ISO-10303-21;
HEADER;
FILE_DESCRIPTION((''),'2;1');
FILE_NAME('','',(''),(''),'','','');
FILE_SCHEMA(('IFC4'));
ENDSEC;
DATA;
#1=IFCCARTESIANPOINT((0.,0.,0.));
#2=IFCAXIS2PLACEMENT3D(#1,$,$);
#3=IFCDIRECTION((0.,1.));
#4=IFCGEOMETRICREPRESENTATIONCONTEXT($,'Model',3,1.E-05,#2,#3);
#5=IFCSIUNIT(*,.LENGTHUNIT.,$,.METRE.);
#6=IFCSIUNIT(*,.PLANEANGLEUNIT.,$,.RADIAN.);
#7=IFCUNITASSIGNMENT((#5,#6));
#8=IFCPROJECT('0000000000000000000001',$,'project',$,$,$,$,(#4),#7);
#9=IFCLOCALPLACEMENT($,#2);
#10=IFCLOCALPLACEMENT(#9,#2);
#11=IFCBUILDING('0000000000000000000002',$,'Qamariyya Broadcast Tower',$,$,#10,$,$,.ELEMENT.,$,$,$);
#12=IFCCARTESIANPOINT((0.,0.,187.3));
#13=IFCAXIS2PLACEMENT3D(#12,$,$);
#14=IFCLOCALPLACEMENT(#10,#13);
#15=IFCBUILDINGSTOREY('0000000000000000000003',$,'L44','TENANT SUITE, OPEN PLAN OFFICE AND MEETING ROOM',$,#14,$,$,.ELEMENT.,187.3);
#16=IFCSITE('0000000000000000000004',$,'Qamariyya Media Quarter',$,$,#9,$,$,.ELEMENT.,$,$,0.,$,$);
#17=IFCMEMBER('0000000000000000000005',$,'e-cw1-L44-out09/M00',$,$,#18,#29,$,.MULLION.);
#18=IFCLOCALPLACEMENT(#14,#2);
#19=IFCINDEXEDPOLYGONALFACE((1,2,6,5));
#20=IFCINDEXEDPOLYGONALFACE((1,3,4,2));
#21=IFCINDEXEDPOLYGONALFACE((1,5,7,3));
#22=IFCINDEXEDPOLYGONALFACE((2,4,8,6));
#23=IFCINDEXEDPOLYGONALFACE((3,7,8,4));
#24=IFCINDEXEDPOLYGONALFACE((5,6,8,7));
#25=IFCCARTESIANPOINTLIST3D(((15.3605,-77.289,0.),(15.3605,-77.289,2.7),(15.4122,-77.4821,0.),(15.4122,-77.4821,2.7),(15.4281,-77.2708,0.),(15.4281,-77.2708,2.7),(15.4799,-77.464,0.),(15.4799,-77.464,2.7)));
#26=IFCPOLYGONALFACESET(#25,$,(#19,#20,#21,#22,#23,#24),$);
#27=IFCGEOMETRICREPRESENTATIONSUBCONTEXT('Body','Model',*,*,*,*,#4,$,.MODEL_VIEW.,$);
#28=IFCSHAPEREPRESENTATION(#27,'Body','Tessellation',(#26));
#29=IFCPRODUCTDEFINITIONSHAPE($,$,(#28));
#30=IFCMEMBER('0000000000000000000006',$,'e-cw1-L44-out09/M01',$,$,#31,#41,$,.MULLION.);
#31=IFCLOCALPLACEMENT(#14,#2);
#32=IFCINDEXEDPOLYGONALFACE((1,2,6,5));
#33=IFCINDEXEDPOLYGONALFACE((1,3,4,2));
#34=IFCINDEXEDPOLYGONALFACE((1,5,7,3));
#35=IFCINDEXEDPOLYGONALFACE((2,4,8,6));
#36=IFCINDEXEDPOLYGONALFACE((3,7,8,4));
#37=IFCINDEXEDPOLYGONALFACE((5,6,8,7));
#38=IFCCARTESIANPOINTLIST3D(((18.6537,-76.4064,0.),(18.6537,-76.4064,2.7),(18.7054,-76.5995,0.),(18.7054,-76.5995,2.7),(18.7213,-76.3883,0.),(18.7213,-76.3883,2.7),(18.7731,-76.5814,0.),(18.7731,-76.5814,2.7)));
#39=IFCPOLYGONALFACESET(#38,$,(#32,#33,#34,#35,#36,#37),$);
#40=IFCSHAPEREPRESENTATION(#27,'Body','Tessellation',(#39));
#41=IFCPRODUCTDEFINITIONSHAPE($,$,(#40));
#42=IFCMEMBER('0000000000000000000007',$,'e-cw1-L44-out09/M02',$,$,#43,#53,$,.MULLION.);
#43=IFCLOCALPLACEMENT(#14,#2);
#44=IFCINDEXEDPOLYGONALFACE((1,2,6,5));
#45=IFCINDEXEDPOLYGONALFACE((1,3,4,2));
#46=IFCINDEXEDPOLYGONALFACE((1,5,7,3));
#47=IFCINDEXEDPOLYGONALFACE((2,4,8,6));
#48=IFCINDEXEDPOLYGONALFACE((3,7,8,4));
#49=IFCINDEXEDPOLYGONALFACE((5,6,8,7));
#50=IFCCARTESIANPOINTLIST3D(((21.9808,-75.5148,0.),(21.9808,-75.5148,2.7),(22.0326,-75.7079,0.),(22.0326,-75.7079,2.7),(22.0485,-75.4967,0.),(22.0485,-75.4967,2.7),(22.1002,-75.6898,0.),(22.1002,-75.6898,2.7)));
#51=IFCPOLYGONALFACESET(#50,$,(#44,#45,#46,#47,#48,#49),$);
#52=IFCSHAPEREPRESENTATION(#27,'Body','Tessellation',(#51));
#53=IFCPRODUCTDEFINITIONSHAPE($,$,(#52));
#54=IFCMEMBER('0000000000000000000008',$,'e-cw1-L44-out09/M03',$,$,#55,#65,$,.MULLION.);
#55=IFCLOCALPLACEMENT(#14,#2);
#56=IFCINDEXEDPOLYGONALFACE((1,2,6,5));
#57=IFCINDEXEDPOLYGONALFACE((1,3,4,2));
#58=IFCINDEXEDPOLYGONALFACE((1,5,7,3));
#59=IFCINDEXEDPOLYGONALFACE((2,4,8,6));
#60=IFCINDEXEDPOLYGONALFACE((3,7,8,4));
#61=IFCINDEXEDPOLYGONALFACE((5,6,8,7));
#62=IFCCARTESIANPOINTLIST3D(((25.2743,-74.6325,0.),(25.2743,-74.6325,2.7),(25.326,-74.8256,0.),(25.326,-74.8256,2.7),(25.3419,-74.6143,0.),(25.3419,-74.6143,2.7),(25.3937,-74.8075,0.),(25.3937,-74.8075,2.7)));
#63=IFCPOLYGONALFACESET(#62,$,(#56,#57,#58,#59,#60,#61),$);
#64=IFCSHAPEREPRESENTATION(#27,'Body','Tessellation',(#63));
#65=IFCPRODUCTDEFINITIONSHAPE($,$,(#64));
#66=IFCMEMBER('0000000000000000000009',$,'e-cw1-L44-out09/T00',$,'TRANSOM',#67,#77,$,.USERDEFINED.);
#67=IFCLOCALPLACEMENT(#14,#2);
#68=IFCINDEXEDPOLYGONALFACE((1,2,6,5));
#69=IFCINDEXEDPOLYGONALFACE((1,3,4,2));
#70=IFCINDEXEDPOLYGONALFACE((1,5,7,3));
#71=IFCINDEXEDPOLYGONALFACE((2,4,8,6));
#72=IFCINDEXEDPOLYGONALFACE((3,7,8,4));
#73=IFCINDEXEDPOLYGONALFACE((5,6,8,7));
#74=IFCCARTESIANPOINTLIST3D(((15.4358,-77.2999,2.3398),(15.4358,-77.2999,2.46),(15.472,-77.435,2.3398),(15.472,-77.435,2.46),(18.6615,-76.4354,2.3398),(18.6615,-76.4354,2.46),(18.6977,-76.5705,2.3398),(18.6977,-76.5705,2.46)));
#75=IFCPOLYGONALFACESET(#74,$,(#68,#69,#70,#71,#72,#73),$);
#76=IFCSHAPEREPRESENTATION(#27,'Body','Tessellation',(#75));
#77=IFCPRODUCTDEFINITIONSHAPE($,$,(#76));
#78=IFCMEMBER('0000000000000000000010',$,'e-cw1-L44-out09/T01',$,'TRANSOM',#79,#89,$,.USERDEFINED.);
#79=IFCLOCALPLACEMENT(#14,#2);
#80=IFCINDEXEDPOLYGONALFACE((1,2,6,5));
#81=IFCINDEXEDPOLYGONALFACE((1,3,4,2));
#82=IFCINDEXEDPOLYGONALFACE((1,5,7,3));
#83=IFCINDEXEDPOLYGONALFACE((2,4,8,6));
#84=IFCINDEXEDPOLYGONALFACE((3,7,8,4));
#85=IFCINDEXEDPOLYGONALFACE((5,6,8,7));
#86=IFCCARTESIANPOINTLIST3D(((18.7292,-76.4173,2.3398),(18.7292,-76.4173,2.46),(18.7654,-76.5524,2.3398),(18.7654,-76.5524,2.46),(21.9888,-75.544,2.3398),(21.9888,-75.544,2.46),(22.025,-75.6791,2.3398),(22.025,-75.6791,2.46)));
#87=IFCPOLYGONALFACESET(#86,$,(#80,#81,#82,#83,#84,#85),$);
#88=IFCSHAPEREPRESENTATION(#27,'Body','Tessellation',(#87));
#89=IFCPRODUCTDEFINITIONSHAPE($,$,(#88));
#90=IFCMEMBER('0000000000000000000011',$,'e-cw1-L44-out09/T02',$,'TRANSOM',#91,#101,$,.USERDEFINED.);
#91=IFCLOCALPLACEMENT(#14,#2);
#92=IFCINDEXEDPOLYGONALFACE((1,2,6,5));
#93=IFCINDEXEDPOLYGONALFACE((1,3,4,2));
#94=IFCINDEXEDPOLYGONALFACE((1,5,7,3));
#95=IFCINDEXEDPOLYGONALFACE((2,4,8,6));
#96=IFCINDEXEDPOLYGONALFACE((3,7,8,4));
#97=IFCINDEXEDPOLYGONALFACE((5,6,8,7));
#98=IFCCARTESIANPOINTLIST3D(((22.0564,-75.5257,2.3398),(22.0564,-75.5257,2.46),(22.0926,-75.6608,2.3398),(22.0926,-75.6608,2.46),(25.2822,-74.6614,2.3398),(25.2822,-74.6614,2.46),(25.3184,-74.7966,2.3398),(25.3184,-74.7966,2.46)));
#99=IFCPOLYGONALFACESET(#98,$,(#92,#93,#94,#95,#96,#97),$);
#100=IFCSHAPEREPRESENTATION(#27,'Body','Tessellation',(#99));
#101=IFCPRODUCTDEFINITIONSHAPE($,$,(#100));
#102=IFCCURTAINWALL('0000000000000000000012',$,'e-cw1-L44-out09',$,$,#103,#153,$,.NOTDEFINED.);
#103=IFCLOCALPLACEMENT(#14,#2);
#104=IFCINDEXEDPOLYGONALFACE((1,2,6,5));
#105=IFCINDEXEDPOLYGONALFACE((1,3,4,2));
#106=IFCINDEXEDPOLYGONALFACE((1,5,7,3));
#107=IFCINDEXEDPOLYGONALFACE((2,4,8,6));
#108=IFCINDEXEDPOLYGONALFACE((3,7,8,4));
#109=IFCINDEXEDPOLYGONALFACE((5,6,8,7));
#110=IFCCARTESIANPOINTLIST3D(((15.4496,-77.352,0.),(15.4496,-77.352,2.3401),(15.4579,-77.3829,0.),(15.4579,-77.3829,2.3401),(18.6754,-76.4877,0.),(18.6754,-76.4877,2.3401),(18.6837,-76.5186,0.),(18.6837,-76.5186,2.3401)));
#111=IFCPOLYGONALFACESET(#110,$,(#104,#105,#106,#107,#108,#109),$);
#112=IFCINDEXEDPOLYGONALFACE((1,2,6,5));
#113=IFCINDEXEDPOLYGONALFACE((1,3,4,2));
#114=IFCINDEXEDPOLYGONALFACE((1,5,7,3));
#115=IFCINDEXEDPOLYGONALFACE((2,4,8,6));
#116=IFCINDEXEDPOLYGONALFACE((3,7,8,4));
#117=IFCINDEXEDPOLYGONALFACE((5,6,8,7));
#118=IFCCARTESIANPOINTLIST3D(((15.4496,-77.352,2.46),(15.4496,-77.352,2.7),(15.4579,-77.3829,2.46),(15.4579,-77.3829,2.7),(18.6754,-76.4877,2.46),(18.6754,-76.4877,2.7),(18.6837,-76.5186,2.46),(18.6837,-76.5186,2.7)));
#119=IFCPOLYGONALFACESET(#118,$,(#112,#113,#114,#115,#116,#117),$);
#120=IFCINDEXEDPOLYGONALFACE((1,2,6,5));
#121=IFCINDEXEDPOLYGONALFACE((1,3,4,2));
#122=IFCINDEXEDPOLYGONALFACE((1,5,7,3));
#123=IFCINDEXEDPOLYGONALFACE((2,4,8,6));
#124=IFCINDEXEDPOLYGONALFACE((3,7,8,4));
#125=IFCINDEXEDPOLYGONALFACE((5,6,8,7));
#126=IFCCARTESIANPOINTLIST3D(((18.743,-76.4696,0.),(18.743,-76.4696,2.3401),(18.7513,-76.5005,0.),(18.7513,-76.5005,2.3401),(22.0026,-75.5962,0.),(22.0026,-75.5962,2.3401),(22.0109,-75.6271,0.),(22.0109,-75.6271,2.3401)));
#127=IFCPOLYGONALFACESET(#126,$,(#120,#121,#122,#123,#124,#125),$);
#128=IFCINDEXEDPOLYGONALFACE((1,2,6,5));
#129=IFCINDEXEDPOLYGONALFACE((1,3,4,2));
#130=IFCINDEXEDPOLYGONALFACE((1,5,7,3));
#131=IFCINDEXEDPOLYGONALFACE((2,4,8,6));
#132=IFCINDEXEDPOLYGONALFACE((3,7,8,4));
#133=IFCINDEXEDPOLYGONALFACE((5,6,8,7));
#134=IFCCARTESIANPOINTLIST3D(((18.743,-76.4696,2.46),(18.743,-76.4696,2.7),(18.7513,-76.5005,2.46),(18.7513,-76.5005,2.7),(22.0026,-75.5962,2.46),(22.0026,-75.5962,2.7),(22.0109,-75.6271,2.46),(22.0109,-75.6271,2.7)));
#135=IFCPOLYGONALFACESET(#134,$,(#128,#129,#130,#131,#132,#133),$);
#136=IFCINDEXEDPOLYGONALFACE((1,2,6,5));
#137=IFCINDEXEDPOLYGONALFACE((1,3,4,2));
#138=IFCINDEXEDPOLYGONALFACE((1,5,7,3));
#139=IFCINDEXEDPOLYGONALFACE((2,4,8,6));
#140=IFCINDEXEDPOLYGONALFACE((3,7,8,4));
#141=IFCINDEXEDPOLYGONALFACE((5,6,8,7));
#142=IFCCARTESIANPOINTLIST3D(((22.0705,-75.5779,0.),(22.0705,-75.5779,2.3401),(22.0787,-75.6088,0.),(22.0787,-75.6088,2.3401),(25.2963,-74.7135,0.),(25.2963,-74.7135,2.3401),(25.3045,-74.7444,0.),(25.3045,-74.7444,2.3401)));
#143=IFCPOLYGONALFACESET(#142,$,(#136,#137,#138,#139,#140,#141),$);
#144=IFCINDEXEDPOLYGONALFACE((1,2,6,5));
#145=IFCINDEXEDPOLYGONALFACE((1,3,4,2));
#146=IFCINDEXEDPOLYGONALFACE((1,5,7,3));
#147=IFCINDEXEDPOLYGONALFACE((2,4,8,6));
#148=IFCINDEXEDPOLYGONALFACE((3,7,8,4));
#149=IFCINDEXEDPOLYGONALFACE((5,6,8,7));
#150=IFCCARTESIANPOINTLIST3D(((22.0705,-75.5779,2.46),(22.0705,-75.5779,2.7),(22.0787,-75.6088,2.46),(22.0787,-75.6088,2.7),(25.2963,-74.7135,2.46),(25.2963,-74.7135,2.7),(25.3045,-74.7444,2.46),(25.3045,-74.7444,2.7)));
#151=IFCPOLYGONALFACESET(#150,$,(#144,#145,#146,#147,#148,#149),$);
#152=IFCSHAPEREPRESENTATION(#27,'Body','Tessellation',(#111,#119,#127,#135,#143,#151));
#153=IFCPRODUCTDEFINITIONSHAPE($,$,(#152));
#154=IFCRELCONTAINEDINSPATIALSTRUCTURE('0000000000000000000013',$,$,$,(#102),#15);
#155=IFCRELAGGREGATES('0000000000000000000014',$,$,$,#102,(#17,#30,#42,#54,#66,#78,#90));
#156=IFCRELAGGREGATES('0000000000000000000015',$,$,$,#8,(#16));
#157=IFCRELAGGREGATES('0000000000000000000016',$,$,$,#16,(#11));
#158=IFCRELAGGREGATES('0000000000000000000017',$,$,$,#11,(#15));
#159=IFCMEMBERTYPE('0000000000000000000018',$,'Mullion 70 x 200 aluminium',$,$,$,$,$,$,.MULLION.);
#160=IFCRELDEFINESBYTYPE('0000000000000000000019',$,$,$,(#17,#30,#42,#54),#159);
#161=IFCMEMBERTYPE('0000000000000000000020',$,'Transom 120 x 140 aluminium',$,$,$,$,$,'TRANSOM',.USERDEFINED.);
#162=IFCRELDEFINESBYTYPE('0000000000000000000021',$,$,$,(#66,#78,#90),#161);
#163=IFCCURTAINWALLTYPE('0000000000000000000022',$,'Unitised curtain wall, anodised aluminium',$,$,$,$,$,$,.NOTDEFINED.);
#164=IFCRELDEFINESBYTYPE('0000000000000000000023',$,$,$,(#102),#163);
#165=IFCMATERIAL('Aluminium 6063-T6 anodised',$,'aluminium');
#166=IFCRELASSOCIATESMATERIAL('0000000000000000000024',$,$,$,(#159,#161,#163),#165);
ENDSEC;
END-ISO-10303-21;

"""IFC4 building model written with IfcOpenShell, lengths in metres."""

from ifc_helpers import new_model, si_unit, direction, frame, origin, origin_2d, place, context, subcontext, project, spatial, rectangle, extrude, material, material_profile, profile_set, type_object, element, aggregate, save


model = new_model("IFC4")

# Units and contexts
model_context = context("Model", 3, precision=1e-05, world=origin(), true_north=direction((0.0, 1.0)))
body_context = subcontext(model_context, "Body", "Model", "MODEL_VIEW")
ifc_project = project(units=[si_unit("LENGTHUNIT", "METRE"), si_unit("PLANEANGLEUNIT", "RADIAN")], contexts=[model_context])

# Members
ifc_material = material(Name="Aluminium 6063-T6 anodised", Category="aluminium")
ifc_material_profile_1 = material_profile(ifc_material, rectangle(XDim=0.2, YDim=0.0701, at=origin_2d()))
ifc_profile_set_1 = profile_set([ifc_material_profile_1], Name="Aluminium 6063-T6 anodised")
member_type_1 = type_object("IfcMemberType", Name="Mullion 70 x 200 aluminium", PredefinedType="MULLION", material=ifc_profile_set_1)
site_placement = place(None, origin())
building_placement = place(site_placement, origin())
storey_placement = place(building_placement, frame((0.0, 0.0, 187.3)))
member_1_placement = place(storey_placement, frame((15.4202, -77.3765, 0.0), z_axis=(0.0, 0.0, 1.0), x_axis=(-0.258819, 0.965926, 0.0)))
member_1 = element("IfcMember", 1, at=member_1_placement, type_object=member_type_1, Name="e-cw1-L44-out09/M00", PredefinedType="MULLION", context=body_context, shape_type="SweptSolid", body=[
    extrude(rectangle(XDim=0.2, YDim=0.0701, at=origin_2d()), origin(), (0.0, 0.0, 1.0), 2.7),
])
member_2_placement = place(storey_placement, frame((18.7134, -76.4939, 0.0), z_axis=(0.0, 0.0, 1.0), x_axis=(-0.258819, 0.965926, 0.0)))
member_2 = element("IfcMember", 2, at=member_2_placement, type_object=member_type_1, Name="e-cw1-L44-out09/M01", PredefinedType="MULLION", context=body_context, shape_type="SweptSolid", body=[
    extrude(rectangle(XDim=0.2, YDim=0.0701, at=origin_2d()), origin(), (0.0, 0.0, 1.0), 2.7),
])
member_3_placement = place(storey_placement, frame((22.0405, -75.6023, 0.0), z_axis=(0.0, 0.0, 1.0), x_axis=(-0.258819, 0.965926, 0.0)))
member_3 = element("IfcMember", 3, at=member_3_placement, type_object=member_type_1, Name="e-cw1-L44-out09/M02", PredefinedType="MULLION", context=body_context, shape_type="SweptSolid", body=[
    extrude(rectangle(XDim=0.2, YDim=0.0701, at=origin_2d()), origin(), (0.0, 0.0, 1.0), 2.7),
])
member_4_placement = place(storey_placement, frame((25.334, -74.72, 0.0), z_axis=(0.0, 0.0, 1.0), x_axis=(-0.258819, 0.965926, 0.0)))
member_4 = element("IfcMember", 4, at=member_4_placement, type_object=member_type_1, Name="e-cw1-L44-out09/M03", PredefinedType="MULLION", context=body_context, shape_type="SweptSolid", body=[
    extrude(rectangle(XDim=0.2, YDim=0.0701, at=origin_2d()), origin(), (0.0, 0.0, 1.0), 2.7),
])
ifc_material_profile_2 = material_profile(ifc_material, rectangle(XDim=0.1399, YDim=0.1201, at=origin_2d()))
ifc_profile_set_2 = profile_set([ifc_material_profile_2], Name="Aluminium 6063-T6 anodised")
member_type_2 = type_object("IfcMemberType", Name="Transom 120 x 140 aluminium", ElementType="TRANSOM", PredefinedType="USERDEFINED", material=ifc_profile_set_2)
member_5_placement = place(storey_placement, frame((15.4539, -77.3674, 2.3999), z_axis=(0.965915, 0.258859, 0.0), x_axis=(-0.258859, 0.965915, 0.0)))
member_5 = element("IfcMember", 5, at=member_5_placement, type_object=member_type_2, Name="e-cw1-L44-out09/T00", ObjectType="TRANSOM", PredefinedType="USERDEFINED", context=body_context, shape_type="SweptSolid", body=[
    extrude(rectangle(XDim=0.1399, YDim=0.1201, at=origin_2d()), origin(), (0.0, 0.0, 1.0), 3.3396),
])
member_6_placement = place(storey_placement, frame((18.7473, -76.4849, 2.3999), z_axis=(0.965933, 0.258793, 0.0), x_axis=(-0.258793, 0.965933, 0.0)))
member_6 = element("IfcMember", 6, at=member_6_placement, type_object=member_type_2, Name="e-cw1-L44-out09/T01", ObjectType="TRANSOM", PredefinedType="USERDEFINED", context=body_context, shape_type="SweptSolid", body=[
    extrude(rectangle(XDim=0.1399, YDim=0.1201, at=origin_2d()), origin(), (0.0, 0.0, 1.0), 3.3745),
])
member_7_placement = place(storey_placement, frame((22.0745, -75.5933, 2.3999), z_axis=(0.965933, 0.258791, 0.0), x_axis=(-0.258791, 0.965933, 0.0)))
member_7 = element("IfcMember", 7, at=member_7_placement, type_object=member_type_2, Name="e-cw1-L44-out09/T02", ObjectType="TRANSOM", PredefinedType="USERDEFINED", context=body_context, shape_type="SweptSolid", body=[
    extrude(rectangle(XDim=0.1399, YDim=0.1201, at=origin_2d()), origin(), (0.0, 0.0, 1.0), 3.3396),
])

# Site, building, storey
site = spatial("IfcSite", under=ifc_project, at=site_placement, Name="Qamariyya Media Quarter", CompositionType="ELEMENT", RefElevation=0.0)
building = spatial("IfcBuilding", under=site, at=building_placement, Name="Qamariyya Broadcast Tower", CompositionType="ELEMENT")
storey = spatial("IfcBuildingStorey", under=building, at=storey_placement, Name="L44", Description="TENANT SUITE, OPEN PLAN OFFICE AND MEETING ROOM", CompositionType="ELEMENT", Elevation=187.3)

# Curtain wall
curtain_wall_type = type_object("IfcCurtainWallType", Name="Unitised curtain wall, anodised aluminium", PredefinedType="NOTDEFINED", material=ifc_material)
curtain_wall_1_placement = place(storey_placement, origin())
curtain_wall_1 = element("IfcCurtainWall", 8, at=curtain_wall_1_placement, inside=storey, type_object=curtain_wall_type, Name="e-cw1-L44-out09", PredefinedType="NOTDEFINED", context=body_context, shape_type="SweptSolid", body=[
    extrude(rectangle(XDim=3.3396, YDim=0.032, at=origin_2d()), frame((17.0667, -76.9353, 0.0), x_axis=(0.965926, 0.258817, 0.0)), (0.0, 0.0, 1.0), 2.3401),
    extrude(rectangle(XDim=3.3396, YDim=0.032, at=origin_2d()), frame((17.0667, -76.9353, 2.46), x_axis=(0.965926, 0.258817, 0.0)), (0.0, 0.0, 1.0), 0.24),
    extrude(rectangle(XDim=3.3745, YDim=0.032, at=origin_2d()), frame((20.377, -76.0483, 0.0), x_axis=(0.965926, 0.258817, 0.0)), (0.0, 0.0, 1.0), 2.3401),
    extrude(rectangle(XDim=3.3745, YDim=0.032, at=origin_2d()), frame((20.377, -76.0483, 2.46), x_axis=(0.965926, 0.258817, 0.0)), (0.0, 0.0, 1.0), 0.24),
    extrude(rectangle(XDim=3.3396, YDim=0.032, at=origin_2d()), frame((23.6875, -75.1611, 0.0), x_axis=(0.965926, 0.258817, 0.0)), (0.0, 0.0, 1.0), 2.3401),
    extrude(rectangle(XDim=3.3396, YDim=0.032, at=origin_2d()), frame((23.6875, -75.1611, 2.46), x_axis=(0.965926, 0.258817, 0.0)), (0.0, 0.0, 1.0), 0.24),
])
aggregate(curtain_wall_1, [member_1, member_2, member_3, member_4, member_5, member_6, member_7])

save(model, "model.ifc")
